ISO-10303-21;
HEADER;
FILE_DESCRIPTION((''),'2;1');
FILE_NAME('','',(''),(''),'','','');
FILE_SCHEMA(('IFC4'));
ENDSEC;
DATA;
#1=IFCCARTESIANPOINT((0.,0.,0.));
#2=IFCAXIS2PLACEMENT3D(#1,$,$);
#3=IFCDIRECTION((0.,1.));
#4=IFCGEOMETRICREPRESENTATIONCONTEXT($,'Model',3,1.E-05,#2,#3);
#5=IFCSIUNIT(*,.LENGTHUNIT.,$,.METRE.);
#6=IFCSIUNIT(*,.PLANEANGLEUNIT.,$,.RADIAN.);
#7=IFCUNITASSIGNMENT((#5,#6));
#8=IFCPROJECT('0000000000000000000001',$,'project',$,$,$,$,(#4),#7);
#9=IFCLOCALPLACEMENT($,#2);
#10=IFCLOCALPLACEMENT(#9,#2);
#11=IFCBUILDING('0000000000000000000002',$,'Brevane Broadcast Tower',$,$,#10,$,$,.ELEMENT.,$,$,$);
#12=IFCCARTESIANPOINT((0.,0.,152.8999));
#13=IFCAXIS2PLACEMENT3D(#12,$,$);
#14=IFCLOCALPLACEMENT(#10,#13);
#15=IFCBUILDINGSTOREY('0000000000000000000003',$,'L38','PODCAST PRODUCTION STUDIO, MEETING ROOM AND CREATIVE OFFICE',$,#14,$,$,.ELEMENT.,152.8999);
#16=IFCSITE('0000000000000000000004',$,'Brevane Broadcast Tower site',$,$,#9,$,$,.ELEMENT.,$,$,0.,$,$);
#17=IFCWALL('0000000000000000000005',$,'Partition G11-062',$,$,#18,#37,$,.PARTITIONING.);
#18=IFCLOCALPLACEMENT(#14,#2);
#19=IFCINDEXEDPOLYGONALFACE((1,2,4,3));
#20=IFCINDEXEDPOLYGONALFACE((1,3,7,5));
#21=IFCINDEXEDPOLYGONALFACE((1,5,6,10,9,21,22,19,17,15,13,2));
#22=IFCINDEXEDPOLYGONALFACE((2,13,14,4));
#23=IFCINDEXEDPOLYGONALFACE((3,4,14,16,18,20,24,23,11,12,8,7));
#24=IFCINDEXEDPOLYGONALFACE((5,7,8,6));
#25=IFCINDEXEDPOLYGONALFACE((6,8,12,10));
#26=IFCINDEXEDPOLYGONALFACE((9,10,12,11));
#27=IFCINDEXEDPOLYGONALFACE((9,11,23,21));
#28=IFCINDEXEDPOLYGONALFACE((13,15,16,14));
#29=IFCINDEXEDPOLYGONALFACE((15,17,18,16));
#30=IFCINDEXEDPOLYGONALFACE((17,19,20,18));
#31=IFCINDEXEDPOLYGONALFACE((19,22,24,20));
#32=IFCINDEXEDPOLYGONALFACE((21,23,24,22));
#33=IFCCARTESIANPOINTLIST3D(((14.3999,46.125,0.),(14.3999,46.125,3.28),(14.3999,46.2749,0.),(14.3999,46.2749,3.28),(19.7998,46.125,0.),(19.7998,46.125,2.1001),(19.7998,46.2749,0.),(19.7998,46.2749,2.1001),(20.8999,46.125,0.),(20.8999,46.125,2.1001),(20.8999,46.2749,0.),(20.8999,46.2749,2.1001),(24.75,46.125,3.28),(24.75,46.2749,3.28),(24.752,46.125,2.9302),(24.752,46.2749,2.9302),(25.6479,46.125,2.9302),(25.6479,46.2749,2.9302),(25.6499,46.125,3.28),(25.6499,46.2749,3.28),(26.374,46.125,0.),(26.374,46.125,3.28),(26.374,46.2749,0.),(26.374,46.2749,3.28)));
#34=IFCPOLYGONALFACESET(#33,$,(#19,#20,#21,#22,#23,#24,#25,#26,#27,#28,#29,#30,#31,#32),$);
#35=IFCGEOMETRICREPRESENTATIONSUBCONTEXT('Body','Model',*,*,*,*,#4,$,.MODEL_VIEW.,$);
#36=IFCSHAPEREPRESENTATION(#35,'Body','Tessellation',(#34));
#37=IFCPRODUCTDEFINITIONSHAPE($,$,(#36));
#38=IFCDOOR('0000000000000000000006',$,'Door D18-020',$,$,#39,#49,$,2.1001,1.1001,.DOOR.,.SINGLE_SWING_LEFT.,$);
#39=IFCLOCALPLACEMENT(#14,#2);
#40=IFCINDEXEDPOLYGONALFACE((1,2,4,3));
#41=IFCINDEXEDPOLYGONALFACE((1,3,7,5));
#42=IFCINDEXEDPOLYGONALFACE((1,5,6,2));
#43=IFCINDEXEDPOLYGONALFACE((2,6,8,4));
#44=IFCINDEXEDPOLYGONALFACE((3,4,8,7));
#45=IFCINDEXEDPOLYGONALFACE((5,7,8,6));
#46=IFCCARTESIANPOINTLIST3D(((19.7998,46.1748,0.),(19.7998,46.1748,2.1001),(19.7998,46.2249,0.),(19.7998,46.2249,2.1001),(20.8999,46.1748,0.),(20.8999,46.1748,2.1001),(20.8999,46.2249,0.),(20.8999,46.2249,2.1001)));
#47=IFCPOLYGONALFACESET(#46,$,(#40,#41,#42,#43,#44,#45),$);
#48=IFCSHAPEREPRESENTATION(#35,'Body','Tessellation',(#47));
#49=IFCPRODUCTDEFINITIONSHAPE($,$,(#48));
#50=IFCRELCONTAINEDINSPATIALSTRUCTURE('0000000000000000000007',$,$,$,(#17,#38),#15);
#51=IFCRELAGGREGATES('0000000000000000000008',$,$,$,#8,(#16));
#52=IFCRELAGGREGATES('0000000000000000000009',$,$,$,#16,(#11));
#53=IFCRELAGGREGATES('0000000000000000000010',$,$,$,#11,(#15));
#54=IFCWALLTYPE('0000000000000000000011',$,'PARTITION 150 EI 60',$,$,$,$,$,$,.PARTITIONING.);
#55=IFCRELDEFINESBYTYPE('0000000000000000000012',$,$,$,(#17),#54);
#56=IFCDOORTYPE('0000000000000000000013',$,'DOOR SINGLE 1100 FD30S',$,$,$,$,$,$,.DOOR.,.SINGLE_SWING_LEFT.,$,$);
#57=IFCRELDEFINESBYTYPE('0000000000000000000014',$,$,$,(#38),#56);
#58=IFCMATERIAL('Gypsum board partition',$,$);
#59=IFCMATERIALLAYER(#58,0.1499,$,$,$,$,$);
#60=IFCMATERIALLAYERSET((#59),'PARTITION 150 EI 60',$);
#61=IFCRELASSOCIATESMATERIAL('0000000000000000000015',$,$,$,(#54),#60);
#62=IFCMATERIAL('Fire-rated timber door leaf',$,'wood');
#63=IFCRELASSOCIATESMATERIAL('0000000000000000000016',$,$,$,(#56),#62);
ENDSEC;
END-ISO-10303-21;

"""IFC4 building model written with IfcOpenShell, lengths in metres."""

from ifc_helpers import new_model, si_unit, direction, frame, frame_2d, origin, place, context, subcontext, project, spatial, polyline, rectangle, outline, extrude, material, layer, layer_set, type_object, element, fill, save


model = new_model("IFC4")

# Units and contexts
model_context = context("Model", 3, precision=1e-05, world=origin(), true_north=direction((0.0, 1.0)))
body_context = subcontext(model_context, "Body", "Model", "MODEL_VIEW")
ifc_project = project(units=[si_unit("LENGTHUNIT", "METRE"), si_unit("PLANEANGLEUNIT", "RADIAN")], contexts=[model_context])

# Site, building, storey
site_placement = place(None, origin())
site = spatial("IfcSite", under=ifc_project, at=site_placement, Name="Brevane Broadcast Tower site", CompositionType="ELEMENT", RefElevation=0.0)
building_placement = place(site_placement, origin())
building = spatial("IfcBuilding", under=site, at=building_placement, Name="Brevane Broadcast Tower", CompositionType="ELEMENT")
storey_placement = place(building_placement, frame((0.0, 0.0, 152.8999)))
storey = spatial("IfcBuildingStorey", under=building, at=storey_placement, Name="L38", Description="PODCAST PRODUCTION STUDIO, MEETING ROOM AND CREATIVE OFFICE", CompositionType="ELEMENT", Elevation=152.8999)

# Shared definitions
ifc_material_1 = material(Name="Gypsum board partition")

# Shared definitions
ifc_layer_1 = layer(ifc_material_1, 0.1499)
ifc_layer_set_1 = layer_set([ifc_layer_1], Name="PARTITION 150 EI 60")
wall_type_1 = type_object("IfcWallType", Name="PARTITION 150 EI 60", PredefinedType="PARTITIONING", material=ifc_layer_set_1)
ifc_material_2 = material(Name="Fire-rated timber door leaf", Category="wood")

# Wall, opening, door
wall_1_placement = place(storey_placement, frame((14.3999, 46.2, 0.0), z_axis=(0.0, 0.0, 1.0), x_axis=(1.0, 0.0, 0.0)))
wall_1 = element("IfcWall", 1, at=wall_1_placement, inside=storey, type_object=wall_type_1, Name="Partition G11-062", PredefinedType="PARTITIONING", context=body_context, shape_type="SweptSolid", body=[
    extrude(outline(polyline([(0.0, 0.0), (11.9741, 0.0), (11.9741, 3.28), (11.8999, 3.28), (11.25, 3.28), (11.248, 2.9302), (10.3521, 2.9302), (10.3501, 3.28), (0.0, 3.28), (0.0, 0.0)])), frame((0.0, 0.075, 0.0), z_axis=(0.0, -1.0, 0.0), x_axis=(1.0, 0.0, 0.0)), (0.0, 0.0, 1.0), 0.1499),
])
opening_1_placement = place(wall_1_placement, frame((5.3999, 0.0, 0.0)))
opening_1 = element("IfcOpeningElement", 2, at=opening_1_placement, cuts=wall_1, PredefinedType="OPENING", context=body_context, shape_type="SweptSolid", body=[
    extrude(rectangle(XDim=1.1001, YDim=2.1001, at=frame_2d((0.55, 1.05))), frame((0.0, 0.085, 0.0), z_axis=(0.0, -1.0, 0.0), x_axis=(1.0, 0.0, 0.0)), (0.0, 0.0, 1.0), 0.1699),
])
door_type_1 = type_object("IfcDoorType", Name="DOOR SINGLE 1100 FD30S", OperationType="SINGLE_SWING_LEFT", PredefinedType="DOOR", material=ifc_material_2)
door_1_placement = place(opening_1_placement, origin())
door_1 = element("IfcDoor", 3, at=door_1_placement, inside=storey, type_object=door_type_1, Name="Door D18-020", OperationType="SINGLE_SWING_LEFT", OverallHeight=2.1001, OverallWidth=1.1001, PredefinedType="DOOR", context=body_context, shape_type="SweptSolid", body=[
    extrude(rectangle(XDim=1.1001, YDim=2.1001, at=frame_2d((0.55, 1.05))), frame((0.0, 0.0249, 0.0), z_axis=(0.0, -1.0, 0.0), x_axis=(1.0, 0.0, 0.0)), (0.0, 0.0, 1.0), 0.05),
])
fill(opening_1, door_1)

save(model, "model.ifc")
